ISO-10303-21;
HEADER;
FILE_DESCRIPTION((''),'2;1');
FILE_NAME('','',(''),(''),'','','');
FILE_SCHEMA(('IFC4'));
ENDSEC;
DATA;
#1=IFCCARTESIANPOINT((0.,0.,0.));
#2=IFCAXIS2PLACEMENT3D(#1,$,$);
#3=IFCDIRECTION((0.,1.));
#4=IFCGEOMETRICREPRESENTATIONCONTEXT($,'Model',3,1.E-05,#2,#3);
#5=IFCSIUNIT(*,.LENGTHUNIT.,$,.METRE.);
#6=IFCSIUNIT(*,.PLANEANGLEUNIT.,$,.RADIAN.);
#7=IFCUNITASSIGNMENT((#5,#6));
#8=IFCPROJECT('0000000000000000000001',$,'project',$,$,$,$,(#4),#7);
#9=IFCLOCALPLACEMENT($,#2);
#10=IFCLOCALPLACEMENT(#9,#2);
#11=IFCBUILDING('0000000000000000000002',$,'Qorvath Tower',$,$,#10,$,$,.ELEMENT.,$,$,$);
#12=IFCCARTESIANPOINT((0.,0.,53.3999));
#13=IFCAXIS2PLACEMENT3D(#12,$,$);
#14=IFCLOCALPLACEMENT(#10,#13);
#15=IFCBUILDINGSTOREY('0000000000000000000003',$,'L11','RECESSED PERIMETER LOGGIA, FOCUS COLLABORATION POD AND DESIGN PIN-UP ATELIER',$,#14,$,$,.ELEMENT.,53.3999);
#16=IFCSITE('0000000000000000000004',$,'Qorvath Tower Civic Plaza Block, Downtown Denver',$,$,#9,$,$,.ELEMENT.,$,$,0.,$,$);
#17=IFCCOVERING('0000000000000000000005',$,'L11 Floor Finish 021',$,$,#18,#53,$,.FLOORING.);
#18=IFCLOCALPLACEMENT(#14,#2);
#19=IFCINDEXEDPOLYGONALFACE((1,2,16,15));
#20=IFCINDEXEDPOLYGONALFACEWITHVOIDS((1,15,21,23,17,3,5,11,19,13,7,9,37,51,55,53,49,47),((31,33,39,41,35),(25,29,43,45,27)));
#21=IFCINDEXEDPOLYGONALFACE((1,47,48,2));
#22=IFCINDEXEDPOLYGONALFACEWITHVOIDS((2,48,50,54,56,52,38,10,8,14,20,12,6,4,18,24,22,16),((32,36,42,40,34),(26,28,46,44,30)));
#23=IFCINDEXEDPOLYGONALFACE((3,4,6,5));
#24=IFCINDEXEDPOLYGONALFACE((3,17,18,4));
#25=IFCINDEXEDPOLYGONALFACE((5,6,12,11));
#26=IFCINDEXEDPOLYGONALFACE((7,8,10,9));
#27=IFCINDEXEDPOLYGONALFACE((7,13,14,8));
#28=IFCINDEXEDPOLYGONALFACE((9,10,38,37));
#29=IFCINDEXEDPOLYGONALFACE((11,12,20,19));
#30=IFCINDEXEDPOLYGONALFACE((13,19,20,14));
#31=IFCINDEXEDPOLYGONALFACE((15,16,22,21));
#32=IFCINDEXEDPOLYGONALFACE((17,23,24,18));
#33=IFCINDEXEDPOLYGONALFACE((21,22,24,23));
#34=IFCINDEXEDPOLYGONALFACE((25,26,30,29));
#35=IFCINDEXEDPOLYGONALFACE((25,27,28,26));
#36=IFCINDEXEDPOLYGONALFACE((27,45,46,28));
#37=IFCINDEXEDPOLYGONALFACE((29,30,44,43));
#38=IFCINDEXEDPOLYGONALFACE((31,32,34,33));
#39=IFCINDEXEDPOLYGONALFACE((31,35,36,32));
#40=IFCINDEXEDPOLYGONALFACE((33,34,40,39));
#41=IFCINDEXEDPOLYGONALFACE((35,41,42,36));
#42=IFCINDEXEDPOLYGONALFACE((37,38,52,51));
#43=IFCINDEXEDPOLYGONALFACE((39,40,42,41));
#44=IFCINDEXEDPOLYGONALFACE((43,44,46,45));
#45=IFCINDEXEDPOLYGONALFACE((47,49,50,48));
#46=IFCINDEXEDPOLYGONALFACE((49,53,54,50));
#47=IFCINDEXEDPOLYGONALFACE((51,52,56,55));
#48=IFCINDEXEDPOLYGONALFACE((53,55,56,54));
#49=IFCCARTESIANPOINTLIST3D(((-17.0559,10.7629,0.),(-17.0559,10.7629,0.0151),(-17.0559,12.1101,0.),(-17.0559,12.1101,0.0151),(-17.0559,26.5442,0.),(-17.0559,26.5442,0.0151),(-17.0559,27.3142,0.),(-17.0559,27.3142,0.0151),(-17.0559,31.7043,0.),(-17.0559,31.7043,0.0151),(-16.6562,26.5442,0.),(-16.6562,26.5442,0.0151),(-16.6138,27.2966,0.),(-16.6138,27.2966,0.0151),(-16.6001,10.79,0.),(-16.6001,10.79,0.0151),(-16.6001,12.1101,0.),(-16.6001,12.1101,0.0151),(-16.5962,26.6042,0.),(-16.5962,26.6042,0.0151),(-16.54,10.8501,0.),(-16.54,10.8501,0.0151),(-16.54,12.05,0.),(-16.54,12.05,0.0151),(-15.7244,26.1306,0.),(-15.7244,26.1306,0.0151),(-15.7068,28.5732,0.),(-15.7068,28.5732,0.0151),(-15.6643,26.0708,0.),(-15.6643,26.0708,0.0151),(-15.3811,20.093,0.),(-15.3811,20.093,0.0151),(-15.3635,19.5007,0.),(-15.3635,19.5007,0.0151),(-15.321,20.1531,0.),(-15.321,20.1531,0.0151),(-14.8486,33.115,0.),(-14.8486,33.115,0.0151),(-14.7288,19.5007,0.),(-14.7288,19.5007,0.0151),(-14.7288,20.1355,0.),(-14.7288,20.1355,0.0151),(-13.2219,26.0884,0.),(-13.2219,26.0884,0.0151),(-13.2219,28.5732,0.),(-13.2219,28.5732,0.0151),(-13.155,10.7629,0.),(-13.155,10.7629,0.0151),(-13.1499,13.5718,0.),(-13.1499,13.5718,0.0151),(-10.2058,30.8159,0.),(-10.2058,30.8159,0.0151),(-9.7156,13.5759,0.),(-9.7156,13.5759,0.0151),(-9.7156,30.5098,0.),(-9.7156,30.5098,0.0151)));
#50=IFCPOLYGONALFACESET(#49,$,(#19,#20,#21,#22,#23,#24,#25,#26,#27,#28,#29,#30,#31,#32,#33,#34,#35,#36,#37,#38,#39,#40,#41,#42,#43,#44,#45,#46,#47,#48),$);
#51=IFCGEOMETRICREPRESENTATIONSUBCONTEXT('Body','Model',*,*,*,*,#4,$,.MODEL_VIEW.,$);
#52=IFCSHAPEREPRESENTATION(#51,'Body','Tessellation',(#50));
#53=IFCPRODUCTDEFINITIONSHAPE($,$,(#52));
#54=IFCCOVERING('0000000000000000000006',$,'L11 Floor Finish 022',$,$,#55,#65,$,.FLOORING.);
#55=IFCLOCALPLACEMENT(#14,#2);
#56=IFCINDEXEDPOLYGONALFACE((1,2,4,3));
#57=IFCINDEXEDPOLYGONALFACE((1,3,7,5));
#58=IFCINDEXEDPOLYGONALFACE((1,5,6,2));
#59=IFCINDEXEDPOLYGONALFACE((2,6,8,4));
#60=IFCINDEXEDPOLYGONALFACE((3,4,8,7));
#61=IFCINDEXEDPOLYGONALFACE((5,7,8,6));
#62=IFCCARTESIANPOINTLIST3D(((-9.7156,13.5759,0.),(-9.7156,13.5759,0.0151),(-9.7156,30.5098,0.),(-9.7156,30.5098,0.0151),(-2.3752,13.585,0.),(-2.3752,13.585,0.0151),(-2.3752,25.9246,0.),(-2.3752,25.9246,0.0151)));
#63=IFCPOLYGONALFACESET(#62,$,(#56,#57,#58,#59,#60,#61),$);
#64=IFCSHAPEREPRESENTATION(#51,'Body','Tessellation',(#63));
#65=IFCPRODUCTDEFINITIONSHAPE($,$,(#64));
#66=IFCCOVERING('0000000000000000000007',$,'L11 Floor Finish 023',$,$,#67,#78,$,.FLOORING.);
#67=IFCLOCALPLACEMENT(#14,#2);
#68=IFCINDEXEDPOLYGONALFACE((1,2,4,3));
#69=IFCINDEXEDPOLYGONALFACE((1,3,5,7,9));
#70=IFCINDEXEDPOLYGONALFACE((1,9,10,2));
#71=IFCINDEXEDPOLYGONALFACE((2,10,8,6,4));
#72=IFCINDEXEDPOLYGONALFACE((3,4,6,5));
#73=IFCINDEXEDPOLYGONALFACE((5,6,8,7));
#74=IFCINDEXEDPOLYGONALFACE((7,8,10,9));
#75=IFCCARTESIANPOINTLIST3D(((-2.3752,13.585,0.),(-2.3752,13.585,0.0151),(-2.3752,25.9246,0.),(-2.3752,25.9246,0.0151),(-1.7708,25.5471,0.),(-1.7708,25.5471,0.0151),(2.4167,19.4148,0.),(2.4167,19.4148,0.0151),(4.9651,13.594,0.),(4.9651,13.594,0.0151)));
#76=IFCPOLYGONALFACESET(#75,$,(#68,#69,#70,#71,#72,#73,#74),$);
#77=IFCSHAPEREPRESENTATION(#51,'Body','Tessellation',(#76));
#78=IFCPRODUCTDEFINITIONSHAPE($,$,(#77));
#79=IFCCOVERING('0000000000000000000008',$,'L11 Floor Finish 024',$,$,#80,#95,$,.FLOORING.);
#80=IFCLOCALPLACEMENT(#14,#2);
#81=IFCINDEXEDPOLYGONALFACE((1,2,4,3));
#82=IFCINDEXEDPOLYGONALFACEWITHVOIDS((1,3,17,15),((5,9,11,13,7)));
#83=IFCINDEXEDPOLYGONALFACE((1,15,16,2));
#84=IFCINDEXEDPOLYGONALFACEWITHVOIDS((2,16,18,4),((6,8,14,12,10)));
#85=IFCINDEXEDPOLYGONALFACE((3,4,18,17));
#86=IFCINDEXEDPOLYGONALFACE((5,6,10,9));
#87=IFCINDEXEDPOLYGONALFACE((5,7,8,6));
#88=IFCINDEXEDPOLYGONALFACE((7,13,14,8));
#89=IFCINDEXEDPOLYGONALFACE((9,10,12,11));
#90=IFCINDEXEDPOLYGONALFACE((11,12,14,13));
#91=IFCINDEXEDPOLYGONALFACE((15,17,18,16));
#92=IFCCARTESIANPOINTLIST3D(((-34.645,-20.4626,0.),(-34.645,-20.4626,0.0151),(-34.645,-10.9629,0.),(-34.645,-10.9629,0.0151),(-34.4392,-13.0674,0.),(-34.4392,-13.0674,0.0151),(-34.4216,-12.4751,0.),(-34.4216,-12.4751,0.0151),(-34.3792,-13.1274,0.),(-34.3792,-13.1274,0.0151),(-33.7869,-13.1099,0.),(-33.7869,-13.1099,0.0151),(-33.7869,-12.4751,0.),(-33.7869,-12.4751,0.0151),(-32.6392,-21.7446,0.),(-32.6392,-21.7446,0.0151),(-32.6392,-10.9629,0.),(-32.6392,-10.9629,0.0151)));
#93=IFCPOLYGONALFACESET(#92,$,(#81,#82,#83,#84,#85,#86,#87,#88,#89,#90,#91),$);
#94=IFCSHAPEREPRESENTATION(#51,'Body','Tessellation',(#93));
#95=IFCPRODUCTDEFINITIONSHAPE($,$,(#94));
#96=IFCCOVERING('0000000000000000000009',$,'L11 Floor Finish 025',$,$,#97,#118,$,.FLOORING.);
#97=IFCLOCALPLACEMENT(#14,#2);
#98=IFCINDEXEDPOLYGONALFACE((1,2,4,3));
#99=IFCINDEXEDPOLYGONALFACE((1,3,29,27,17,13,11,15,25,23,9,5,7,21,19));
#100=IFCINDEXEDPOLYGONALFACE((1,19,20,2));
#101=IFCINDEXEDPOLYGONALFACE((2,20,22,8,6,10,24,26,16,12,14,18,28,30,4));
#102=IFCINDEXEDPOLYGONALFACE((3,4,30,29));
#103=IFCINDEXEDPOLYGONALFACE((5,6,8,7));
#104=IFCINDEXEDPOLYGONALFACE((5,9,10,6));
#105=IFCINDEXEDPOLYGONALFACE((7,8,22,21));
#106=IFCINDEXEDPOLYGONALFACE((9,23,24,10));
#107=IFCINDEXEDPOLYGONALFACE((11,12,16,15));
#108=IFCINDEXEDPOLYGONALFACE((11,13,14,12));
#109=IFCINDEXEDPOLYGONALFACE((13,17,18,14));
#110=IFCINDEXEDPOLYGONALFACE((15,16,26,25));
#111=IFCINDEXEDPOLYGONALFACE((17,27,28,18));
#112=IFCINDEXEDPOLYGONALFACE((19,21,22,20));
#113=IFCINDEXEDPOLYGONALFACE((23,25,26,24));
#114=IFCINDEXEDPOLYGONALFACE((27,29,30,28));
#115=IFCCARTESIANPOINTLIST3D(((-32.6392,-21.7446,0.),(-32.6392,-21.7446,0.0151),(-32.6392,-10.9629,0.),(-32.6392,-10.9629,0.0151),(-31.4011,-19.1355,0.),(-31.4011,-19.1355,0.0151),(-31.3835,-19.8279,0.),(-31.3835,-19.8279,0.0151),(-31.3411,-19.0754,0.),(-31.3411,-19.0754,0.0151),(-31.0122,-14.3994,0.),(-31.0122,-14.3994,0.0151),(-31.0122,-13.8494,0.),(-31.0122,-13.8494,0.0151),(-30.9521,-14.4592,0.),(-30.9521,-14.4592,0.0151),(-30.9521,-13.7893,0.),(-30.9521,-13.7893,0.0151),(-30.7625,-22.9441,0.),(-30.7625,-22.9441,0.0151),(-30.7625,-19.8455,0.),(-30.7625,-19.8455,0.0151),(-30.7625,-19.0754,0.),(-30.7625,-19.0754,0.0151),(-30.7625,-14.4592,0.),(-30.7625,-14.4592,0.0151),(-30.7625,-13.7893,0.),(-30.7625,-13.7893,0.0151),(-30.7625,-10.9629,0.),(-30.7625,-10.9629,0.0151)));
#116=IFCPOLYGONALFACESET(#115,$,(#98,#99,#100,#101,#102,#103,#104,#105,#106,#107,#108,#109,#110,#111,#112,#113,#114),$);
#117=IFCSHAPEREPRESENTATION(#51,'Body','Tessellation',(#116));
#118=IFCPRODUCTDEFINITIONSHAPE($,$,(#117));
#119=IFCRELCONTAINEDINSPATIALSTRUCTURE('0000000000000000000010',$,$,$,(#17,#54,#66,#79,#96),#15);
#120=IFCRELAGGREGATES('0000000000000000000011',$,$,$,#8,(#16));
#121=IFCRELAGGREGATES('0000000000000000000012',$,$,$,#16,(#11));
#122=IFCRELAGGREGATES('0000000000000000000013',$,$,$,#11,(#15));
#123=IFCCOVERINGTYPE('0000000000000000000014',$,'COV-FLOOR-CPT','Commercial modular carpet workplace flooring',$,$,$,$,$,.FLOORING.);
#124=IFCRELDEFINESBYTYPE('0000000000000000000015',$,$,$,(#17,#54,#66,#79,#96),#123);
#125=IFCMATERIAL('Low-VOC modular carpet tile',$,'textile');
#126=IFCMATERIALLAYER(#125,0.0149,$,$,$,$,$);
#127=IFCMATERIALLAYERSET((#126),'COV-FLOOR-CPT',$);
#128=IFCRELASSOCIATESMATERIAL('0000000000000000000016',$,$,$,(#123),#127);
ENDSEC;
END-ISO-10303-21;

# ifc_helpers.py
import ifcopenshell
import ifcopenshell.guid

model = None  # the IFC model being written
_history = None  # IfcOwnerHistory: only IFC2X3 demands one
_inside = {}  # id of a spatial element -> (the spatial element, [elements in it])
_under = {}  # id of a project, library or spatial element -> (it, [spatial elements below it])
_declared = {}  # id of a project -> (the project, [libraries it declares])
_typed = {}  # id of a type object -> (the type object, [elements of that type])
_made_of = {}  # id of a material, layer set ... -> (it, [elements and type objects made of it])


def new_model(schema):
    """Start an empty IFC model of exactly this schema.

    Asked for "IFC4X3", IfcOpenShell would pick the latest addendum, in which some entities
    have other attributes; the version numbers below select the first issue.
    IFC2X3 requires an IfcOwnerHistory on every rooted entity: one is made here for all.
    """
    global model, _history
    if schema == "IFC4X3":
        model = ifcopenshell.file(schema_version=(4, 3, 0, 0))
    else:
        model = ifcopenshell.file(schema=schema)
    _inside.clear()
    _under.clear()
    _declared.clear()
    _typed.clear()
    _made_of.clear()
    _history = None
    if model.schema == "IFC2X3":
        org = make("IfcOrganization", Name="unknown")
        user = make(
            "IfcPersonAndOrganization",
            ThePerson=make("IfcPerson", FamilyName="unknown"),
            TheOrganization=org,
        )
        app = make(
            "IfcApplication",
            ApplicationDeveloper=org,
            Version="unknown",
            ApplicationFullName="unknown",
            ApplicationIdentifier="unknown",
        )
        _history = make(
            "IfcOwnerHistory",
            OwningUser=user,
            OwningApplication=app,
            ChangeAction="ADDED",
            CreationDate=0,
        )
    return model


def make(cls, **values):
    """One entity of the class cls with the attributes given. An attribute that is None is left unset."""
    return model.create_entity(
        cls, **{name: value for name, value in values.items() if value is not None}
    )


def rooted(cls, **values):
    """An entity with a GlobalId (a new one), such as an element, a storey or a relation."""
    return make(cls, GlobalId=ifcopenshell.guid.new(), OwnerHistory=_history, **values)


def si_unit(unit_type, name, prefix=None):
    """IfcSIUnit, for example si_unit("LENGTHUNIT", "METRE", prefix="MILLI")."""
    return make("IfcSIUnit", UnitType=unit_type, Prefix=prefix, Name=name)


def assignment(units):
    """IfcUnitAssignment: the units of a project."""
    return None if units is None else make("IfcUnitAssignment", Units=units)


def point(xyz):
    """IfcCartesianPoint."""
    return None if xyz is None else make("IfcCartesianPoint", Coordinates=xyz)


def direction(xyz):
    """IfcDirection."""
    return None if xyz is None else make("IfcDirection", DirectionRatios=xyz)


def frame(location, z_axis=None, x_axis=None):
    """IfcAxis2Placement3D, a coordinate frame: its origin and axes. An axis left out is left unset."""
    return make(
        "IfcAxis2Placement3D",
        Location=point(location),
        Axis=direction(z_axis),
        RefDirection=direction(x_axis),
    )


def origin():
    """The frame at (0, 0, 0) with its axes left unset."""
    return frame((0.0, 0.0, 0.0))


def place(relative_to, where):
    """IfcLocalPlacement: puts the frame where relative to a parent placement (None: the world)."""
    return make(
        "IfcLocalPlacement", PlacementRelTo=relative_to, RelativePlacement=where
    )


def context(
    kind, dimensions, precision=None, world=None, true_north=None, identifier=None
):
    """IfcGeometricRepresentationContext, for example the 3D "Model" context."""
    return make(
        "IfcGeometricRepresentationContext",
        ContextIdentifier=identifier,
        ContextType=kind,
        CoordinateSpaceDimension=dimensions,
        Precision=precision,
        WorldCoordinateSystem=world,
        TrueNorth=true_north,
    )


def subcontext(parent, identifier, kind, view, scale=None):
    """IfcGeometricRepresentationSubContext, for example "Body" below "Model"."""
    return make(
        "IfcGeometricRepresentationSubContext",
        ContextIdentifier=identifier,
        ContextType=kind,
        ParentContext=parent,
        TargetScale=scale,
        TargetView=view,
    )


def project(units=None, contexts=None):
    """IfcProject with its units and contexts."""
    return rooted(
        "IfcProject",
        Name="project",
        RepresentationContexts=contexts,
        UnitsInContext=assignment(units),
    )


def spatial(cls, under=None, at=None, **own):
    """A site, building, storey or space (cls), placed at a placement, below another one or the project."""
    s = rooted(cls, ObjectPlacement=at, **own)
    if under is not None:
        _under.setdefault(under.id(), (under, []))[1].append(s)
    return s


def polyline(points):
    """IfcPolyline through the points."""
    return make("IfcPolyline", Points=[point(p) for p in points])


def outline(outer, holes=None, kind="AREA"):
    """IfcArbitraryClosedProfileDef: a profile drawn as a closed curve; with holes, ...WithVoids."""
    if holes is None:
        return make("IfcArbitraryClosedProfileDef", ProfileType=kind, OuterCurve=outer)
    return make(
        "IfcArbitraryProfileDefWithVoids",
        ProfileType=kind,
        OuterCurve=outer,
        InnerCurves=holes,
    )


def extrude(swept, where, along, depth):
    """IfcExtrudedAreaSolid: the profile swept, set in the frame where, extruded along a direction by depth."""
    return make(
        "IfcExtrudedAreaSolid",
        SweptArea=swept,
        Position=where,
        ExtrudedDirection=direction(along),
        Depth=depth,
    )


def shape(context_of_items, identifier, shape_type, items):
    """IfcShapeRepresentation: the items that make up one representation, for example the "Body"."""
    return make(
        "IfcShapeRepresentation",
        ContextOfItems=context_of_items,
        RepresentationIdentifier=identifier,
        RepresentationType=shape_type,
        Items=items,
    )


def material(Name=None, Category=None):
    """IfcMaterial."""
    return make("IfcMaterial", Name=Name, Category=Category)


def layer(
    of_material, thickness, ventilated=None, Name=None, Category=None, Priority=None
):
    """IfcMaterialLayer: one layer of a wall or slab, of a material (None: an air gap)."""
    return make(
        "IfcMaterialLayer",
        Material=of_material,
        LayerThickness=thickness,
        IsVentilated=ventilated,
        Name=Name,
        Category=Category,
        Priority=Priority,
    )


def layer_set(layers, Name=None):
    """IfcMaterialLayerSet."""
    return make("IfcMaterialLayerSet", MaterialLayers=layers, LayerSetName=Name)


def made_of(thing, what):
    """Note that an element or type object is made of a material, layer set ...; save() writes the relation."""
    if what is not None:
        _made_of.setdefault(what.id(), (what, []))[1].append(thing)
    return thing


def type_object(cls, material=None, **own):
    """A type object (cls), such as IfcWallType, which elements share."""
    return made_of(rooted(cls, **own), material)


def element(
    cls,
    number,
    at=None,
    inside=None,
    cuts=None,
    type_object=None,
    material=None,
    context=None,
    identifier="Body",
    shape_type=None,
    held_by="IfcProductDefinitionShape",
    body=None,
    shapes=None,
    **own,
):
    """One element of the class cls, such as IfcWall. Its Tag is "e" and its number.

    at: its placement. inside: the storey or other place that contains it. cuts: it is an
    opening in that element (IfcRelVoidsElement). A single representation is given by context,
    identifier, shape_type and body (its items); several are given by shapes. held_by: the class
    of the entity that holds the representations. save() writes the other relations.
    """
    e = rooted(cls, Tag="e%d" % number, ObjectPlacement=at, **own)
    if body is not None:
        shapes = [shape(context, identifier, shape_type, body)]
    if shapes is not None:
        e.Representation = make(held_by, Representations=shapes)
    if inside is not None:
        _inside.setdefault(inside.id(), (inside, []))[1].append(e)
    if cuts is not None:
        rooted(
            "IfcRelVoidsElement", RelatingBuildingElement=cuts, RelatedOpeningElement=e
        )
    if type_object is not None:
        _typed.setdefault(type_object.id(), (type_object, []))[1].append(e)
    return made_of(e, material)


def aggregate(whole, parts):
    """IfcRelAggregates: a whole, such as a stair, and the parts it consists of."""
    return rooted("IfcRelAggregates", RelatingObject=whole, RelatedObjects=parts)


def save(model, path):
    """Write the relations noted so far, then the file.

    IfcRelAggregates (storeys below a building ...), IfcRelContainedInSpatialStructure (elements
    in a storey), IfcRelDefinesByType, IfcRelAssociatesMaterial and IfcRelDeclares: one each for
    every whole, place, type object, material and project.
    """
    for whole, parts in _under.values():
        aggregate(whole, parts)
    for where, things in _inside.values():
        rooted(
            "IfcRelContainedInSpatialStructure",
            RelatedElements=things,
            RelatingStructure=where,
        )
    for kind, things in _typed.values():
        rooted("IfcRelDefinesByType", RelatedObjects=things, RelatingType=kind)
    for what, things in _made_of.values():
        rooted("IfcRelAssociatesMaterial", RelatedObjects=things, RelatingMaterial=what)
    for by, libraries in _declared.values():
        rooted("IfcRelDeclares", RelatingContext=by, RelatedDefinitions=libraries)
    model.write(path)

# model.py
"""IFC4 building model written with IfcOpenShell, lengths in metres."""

from ifc_helpers import new_model, si_unit, direction, frame, origin, place, context, subcontext, project, spatial, polyline, outline, extrude, material, layer, layer_set, type_object, element, save


model = new_model("IFC4")

# Units and contexts
model_context = context("Model", 3, precision=1e-05, world=origin(), true_north=direction((0.0, 1.0)))
body_context = subcontext(model_context, "Body", "Model", "MODEL_VIEW")
ifc_project = project(units=[si_unit("LENGTHUNIT", "METRE"), si_unit("PLANEANGLEUNIT", "RADIAN")], contexts=[model_context])

# Site, building, storey
site_placement = place(None, origin())
site = spatial("IfcSite", under=ifc_project, at=site_placement, Name="Qorvath Tower Civic Plaza Block, Downtown Denver", CompositionType="ELEMENT", RefElevation=0.0)
building_placement = place(site_placement, origin())
building = spatial("IfcBuilding", under=site, at=building_placement, Name="Qorvath Tower", CompositionType="ELEMENT")
storey_placement = place(building_placement, frame((0.0, 0.0, 53.3999)))
storey = spatial("IfcBuildingStorey", under=building, at=storey_placement, Name="L11", Description="RECESSED PERIMETER LOGGIA, FOCUS COLLABORATION POD AND DESIGN PIN-UP ATELIER", CompositionType="ELEMENT", Elevation=53.3999)

# Coverings
ifc_material_1 = material(Name="Low-VOC modular carpet tile", Category="textile")
ifc_layer_1 = layer(ifc_material_1, 0.0149)
ifc_layer_set_1 = layer_set([ifc_layer_1], Name="COV-FLOOR-CPT")
covering_type_1 = type_object("IfcCoveringType", Name="COV-FLOOR-CPT", Description="Commercial modular carpet workplace flooring", PredefinedType="FLOORING", material=ifc_layer_set_1)
covering_1_placement = place(storey_placement, origin())
element("IfcCovering", 1, at=covering_1_placement, inside=storey, type_object=covering_type_1, Name="L11 Floor Finish 021", PredefinedType="FLOORING", context=body_context, shape_type="SweptSolid", body=[
    extrude(outline(polyline([(-16.6562, 26.5442), (-17.0559, 26.5442), (-17.0559, 12.1101), (-16.6001, 12.1101), (-16.54, 12.05), (-16.54, 10.8501), (-16.6001, 10.79), (-17.0559, 10.7629), (-13.155, 10.7629), (-13.1499, 13.5718), (-9.7156, 13.5759), (-9.7156, 30.5098), (-10.2058, 30.8159), (-14.8486, 33.115), (-17.0559, 31.7043), (-17.0559, 27.3142), (-16.6138, 27.2966), (-16.5962, 26.6042), (-16.6562, 26.5442)]), holes=[polyline([(-15.7244, 26.1306), (-15.7068, 28.5732), (-13.2219, 28.5732), (-13.2219, 26.0884), (-15.6643, 26.0708), (-15.7244, 26.1306)]), polyline([(-15.3811, 20.093), (-15.321, 20.1531), (-14.7288, 20.1355), (-14.7288, 19.5007), (-15.3635, 19.5007), (-15.3811, 20.093)])]), origin(), (0.0, 0.0, 1.0), 0.0151),
])
covering_2_placement = place(storey_placement, origin())
element("IfcCovering", 2, at=covering_2_placement, inside=storey, type_object=covering_type_1, Name="L11 Floor Finish 022", PredefinedType="FLOORING", context=body_context, shape_type="SweptSolid", body=[
    extrude(outline(polyline([(-9.7156, 30.5098), (-9.7156, 13.5759), (-2.3752, 13.585), (-2.3752, 25.9246), (-9.7156, 30.5098)])), origin(), (0.0, 0.0, 1.0), 0.0151),
])
covering_3_placement = place(storey_placement, origin())
element("IfcCovering", 3, at=covering_3_placement, inside=storey, type_object=covering_type_1, Name="L11 Floor Finish 023", PredefinedType="FLOORING", context=body_context, shape_type="SweptSolid", body=[
    extrude(outline(polyline([(-2.3752, 25.9246), (-2.3752, 13.585), (4.9651, 13.594), (2.4167, 19.4148), (-1.7708, 25.5471), (-2.3752, 25.9246)])), origin(), (0.0, 0.0, 1.0), 0.0151),
])
covering_4_placement = place(storey_placement, origin())
element("IfcCovering", 4, at=covering_4_placement, inside=storey, type_object=covering_type_1, Name="L11 Floor Finish 024", PredefinedType="FLOORING", context=body_context, shape_type="SweptSolid", body=[
    extrude(outline(polyline([(-32.6392, -21.7446), (-32.6392, -10.9629), (-34.645, -10.9629), (-34.645, -20.4626), (-32.6392, -21.7446)]), holes=[polyline([(-34.4392, -13.0674), (-34.4216, -12.4751), (-33.7869, -12.4751), (-33.7869, -13.1099), (-34.3792, -13.1274), (-34.4392, -13.0674)])]), origin(), (0.0, 0.0, 1.0), 0.0151),
])
covering_5_placement = place(storey_placement, origin())
element("IfcCovering", 5, at=covering_5_placement, inside=storey, type_object=covering_type_1, Name="L11 Floor Finish 025", PredefinedType="FLOORING", context=body_context, shape_type="SweptSolid", body=[
    extrude(outline(polyline([(-31.3411, -19.0754), (-30.7625, -19.0754), (-30.7625, -14.4592), (-30.9521, -14.4592), (-31.0122, -14.3994), (-31.0122, -13.8494), (-30.9521, -13.7893), (-30.7625, -13.7893), (-30.7625, -10.9629), (-32.6392, -10.9629), (-32.6392, -21.7446), (-30.7625, -22.9441), (-30.7625, -19.8455), (-31.3835, -19.8279), (-31.4011, -19.1355), (-31.3411, -19.0754)])), origin(), (0.0, 0.0, 1.0), 0.0151),
])

save(model, "model.ifc")
